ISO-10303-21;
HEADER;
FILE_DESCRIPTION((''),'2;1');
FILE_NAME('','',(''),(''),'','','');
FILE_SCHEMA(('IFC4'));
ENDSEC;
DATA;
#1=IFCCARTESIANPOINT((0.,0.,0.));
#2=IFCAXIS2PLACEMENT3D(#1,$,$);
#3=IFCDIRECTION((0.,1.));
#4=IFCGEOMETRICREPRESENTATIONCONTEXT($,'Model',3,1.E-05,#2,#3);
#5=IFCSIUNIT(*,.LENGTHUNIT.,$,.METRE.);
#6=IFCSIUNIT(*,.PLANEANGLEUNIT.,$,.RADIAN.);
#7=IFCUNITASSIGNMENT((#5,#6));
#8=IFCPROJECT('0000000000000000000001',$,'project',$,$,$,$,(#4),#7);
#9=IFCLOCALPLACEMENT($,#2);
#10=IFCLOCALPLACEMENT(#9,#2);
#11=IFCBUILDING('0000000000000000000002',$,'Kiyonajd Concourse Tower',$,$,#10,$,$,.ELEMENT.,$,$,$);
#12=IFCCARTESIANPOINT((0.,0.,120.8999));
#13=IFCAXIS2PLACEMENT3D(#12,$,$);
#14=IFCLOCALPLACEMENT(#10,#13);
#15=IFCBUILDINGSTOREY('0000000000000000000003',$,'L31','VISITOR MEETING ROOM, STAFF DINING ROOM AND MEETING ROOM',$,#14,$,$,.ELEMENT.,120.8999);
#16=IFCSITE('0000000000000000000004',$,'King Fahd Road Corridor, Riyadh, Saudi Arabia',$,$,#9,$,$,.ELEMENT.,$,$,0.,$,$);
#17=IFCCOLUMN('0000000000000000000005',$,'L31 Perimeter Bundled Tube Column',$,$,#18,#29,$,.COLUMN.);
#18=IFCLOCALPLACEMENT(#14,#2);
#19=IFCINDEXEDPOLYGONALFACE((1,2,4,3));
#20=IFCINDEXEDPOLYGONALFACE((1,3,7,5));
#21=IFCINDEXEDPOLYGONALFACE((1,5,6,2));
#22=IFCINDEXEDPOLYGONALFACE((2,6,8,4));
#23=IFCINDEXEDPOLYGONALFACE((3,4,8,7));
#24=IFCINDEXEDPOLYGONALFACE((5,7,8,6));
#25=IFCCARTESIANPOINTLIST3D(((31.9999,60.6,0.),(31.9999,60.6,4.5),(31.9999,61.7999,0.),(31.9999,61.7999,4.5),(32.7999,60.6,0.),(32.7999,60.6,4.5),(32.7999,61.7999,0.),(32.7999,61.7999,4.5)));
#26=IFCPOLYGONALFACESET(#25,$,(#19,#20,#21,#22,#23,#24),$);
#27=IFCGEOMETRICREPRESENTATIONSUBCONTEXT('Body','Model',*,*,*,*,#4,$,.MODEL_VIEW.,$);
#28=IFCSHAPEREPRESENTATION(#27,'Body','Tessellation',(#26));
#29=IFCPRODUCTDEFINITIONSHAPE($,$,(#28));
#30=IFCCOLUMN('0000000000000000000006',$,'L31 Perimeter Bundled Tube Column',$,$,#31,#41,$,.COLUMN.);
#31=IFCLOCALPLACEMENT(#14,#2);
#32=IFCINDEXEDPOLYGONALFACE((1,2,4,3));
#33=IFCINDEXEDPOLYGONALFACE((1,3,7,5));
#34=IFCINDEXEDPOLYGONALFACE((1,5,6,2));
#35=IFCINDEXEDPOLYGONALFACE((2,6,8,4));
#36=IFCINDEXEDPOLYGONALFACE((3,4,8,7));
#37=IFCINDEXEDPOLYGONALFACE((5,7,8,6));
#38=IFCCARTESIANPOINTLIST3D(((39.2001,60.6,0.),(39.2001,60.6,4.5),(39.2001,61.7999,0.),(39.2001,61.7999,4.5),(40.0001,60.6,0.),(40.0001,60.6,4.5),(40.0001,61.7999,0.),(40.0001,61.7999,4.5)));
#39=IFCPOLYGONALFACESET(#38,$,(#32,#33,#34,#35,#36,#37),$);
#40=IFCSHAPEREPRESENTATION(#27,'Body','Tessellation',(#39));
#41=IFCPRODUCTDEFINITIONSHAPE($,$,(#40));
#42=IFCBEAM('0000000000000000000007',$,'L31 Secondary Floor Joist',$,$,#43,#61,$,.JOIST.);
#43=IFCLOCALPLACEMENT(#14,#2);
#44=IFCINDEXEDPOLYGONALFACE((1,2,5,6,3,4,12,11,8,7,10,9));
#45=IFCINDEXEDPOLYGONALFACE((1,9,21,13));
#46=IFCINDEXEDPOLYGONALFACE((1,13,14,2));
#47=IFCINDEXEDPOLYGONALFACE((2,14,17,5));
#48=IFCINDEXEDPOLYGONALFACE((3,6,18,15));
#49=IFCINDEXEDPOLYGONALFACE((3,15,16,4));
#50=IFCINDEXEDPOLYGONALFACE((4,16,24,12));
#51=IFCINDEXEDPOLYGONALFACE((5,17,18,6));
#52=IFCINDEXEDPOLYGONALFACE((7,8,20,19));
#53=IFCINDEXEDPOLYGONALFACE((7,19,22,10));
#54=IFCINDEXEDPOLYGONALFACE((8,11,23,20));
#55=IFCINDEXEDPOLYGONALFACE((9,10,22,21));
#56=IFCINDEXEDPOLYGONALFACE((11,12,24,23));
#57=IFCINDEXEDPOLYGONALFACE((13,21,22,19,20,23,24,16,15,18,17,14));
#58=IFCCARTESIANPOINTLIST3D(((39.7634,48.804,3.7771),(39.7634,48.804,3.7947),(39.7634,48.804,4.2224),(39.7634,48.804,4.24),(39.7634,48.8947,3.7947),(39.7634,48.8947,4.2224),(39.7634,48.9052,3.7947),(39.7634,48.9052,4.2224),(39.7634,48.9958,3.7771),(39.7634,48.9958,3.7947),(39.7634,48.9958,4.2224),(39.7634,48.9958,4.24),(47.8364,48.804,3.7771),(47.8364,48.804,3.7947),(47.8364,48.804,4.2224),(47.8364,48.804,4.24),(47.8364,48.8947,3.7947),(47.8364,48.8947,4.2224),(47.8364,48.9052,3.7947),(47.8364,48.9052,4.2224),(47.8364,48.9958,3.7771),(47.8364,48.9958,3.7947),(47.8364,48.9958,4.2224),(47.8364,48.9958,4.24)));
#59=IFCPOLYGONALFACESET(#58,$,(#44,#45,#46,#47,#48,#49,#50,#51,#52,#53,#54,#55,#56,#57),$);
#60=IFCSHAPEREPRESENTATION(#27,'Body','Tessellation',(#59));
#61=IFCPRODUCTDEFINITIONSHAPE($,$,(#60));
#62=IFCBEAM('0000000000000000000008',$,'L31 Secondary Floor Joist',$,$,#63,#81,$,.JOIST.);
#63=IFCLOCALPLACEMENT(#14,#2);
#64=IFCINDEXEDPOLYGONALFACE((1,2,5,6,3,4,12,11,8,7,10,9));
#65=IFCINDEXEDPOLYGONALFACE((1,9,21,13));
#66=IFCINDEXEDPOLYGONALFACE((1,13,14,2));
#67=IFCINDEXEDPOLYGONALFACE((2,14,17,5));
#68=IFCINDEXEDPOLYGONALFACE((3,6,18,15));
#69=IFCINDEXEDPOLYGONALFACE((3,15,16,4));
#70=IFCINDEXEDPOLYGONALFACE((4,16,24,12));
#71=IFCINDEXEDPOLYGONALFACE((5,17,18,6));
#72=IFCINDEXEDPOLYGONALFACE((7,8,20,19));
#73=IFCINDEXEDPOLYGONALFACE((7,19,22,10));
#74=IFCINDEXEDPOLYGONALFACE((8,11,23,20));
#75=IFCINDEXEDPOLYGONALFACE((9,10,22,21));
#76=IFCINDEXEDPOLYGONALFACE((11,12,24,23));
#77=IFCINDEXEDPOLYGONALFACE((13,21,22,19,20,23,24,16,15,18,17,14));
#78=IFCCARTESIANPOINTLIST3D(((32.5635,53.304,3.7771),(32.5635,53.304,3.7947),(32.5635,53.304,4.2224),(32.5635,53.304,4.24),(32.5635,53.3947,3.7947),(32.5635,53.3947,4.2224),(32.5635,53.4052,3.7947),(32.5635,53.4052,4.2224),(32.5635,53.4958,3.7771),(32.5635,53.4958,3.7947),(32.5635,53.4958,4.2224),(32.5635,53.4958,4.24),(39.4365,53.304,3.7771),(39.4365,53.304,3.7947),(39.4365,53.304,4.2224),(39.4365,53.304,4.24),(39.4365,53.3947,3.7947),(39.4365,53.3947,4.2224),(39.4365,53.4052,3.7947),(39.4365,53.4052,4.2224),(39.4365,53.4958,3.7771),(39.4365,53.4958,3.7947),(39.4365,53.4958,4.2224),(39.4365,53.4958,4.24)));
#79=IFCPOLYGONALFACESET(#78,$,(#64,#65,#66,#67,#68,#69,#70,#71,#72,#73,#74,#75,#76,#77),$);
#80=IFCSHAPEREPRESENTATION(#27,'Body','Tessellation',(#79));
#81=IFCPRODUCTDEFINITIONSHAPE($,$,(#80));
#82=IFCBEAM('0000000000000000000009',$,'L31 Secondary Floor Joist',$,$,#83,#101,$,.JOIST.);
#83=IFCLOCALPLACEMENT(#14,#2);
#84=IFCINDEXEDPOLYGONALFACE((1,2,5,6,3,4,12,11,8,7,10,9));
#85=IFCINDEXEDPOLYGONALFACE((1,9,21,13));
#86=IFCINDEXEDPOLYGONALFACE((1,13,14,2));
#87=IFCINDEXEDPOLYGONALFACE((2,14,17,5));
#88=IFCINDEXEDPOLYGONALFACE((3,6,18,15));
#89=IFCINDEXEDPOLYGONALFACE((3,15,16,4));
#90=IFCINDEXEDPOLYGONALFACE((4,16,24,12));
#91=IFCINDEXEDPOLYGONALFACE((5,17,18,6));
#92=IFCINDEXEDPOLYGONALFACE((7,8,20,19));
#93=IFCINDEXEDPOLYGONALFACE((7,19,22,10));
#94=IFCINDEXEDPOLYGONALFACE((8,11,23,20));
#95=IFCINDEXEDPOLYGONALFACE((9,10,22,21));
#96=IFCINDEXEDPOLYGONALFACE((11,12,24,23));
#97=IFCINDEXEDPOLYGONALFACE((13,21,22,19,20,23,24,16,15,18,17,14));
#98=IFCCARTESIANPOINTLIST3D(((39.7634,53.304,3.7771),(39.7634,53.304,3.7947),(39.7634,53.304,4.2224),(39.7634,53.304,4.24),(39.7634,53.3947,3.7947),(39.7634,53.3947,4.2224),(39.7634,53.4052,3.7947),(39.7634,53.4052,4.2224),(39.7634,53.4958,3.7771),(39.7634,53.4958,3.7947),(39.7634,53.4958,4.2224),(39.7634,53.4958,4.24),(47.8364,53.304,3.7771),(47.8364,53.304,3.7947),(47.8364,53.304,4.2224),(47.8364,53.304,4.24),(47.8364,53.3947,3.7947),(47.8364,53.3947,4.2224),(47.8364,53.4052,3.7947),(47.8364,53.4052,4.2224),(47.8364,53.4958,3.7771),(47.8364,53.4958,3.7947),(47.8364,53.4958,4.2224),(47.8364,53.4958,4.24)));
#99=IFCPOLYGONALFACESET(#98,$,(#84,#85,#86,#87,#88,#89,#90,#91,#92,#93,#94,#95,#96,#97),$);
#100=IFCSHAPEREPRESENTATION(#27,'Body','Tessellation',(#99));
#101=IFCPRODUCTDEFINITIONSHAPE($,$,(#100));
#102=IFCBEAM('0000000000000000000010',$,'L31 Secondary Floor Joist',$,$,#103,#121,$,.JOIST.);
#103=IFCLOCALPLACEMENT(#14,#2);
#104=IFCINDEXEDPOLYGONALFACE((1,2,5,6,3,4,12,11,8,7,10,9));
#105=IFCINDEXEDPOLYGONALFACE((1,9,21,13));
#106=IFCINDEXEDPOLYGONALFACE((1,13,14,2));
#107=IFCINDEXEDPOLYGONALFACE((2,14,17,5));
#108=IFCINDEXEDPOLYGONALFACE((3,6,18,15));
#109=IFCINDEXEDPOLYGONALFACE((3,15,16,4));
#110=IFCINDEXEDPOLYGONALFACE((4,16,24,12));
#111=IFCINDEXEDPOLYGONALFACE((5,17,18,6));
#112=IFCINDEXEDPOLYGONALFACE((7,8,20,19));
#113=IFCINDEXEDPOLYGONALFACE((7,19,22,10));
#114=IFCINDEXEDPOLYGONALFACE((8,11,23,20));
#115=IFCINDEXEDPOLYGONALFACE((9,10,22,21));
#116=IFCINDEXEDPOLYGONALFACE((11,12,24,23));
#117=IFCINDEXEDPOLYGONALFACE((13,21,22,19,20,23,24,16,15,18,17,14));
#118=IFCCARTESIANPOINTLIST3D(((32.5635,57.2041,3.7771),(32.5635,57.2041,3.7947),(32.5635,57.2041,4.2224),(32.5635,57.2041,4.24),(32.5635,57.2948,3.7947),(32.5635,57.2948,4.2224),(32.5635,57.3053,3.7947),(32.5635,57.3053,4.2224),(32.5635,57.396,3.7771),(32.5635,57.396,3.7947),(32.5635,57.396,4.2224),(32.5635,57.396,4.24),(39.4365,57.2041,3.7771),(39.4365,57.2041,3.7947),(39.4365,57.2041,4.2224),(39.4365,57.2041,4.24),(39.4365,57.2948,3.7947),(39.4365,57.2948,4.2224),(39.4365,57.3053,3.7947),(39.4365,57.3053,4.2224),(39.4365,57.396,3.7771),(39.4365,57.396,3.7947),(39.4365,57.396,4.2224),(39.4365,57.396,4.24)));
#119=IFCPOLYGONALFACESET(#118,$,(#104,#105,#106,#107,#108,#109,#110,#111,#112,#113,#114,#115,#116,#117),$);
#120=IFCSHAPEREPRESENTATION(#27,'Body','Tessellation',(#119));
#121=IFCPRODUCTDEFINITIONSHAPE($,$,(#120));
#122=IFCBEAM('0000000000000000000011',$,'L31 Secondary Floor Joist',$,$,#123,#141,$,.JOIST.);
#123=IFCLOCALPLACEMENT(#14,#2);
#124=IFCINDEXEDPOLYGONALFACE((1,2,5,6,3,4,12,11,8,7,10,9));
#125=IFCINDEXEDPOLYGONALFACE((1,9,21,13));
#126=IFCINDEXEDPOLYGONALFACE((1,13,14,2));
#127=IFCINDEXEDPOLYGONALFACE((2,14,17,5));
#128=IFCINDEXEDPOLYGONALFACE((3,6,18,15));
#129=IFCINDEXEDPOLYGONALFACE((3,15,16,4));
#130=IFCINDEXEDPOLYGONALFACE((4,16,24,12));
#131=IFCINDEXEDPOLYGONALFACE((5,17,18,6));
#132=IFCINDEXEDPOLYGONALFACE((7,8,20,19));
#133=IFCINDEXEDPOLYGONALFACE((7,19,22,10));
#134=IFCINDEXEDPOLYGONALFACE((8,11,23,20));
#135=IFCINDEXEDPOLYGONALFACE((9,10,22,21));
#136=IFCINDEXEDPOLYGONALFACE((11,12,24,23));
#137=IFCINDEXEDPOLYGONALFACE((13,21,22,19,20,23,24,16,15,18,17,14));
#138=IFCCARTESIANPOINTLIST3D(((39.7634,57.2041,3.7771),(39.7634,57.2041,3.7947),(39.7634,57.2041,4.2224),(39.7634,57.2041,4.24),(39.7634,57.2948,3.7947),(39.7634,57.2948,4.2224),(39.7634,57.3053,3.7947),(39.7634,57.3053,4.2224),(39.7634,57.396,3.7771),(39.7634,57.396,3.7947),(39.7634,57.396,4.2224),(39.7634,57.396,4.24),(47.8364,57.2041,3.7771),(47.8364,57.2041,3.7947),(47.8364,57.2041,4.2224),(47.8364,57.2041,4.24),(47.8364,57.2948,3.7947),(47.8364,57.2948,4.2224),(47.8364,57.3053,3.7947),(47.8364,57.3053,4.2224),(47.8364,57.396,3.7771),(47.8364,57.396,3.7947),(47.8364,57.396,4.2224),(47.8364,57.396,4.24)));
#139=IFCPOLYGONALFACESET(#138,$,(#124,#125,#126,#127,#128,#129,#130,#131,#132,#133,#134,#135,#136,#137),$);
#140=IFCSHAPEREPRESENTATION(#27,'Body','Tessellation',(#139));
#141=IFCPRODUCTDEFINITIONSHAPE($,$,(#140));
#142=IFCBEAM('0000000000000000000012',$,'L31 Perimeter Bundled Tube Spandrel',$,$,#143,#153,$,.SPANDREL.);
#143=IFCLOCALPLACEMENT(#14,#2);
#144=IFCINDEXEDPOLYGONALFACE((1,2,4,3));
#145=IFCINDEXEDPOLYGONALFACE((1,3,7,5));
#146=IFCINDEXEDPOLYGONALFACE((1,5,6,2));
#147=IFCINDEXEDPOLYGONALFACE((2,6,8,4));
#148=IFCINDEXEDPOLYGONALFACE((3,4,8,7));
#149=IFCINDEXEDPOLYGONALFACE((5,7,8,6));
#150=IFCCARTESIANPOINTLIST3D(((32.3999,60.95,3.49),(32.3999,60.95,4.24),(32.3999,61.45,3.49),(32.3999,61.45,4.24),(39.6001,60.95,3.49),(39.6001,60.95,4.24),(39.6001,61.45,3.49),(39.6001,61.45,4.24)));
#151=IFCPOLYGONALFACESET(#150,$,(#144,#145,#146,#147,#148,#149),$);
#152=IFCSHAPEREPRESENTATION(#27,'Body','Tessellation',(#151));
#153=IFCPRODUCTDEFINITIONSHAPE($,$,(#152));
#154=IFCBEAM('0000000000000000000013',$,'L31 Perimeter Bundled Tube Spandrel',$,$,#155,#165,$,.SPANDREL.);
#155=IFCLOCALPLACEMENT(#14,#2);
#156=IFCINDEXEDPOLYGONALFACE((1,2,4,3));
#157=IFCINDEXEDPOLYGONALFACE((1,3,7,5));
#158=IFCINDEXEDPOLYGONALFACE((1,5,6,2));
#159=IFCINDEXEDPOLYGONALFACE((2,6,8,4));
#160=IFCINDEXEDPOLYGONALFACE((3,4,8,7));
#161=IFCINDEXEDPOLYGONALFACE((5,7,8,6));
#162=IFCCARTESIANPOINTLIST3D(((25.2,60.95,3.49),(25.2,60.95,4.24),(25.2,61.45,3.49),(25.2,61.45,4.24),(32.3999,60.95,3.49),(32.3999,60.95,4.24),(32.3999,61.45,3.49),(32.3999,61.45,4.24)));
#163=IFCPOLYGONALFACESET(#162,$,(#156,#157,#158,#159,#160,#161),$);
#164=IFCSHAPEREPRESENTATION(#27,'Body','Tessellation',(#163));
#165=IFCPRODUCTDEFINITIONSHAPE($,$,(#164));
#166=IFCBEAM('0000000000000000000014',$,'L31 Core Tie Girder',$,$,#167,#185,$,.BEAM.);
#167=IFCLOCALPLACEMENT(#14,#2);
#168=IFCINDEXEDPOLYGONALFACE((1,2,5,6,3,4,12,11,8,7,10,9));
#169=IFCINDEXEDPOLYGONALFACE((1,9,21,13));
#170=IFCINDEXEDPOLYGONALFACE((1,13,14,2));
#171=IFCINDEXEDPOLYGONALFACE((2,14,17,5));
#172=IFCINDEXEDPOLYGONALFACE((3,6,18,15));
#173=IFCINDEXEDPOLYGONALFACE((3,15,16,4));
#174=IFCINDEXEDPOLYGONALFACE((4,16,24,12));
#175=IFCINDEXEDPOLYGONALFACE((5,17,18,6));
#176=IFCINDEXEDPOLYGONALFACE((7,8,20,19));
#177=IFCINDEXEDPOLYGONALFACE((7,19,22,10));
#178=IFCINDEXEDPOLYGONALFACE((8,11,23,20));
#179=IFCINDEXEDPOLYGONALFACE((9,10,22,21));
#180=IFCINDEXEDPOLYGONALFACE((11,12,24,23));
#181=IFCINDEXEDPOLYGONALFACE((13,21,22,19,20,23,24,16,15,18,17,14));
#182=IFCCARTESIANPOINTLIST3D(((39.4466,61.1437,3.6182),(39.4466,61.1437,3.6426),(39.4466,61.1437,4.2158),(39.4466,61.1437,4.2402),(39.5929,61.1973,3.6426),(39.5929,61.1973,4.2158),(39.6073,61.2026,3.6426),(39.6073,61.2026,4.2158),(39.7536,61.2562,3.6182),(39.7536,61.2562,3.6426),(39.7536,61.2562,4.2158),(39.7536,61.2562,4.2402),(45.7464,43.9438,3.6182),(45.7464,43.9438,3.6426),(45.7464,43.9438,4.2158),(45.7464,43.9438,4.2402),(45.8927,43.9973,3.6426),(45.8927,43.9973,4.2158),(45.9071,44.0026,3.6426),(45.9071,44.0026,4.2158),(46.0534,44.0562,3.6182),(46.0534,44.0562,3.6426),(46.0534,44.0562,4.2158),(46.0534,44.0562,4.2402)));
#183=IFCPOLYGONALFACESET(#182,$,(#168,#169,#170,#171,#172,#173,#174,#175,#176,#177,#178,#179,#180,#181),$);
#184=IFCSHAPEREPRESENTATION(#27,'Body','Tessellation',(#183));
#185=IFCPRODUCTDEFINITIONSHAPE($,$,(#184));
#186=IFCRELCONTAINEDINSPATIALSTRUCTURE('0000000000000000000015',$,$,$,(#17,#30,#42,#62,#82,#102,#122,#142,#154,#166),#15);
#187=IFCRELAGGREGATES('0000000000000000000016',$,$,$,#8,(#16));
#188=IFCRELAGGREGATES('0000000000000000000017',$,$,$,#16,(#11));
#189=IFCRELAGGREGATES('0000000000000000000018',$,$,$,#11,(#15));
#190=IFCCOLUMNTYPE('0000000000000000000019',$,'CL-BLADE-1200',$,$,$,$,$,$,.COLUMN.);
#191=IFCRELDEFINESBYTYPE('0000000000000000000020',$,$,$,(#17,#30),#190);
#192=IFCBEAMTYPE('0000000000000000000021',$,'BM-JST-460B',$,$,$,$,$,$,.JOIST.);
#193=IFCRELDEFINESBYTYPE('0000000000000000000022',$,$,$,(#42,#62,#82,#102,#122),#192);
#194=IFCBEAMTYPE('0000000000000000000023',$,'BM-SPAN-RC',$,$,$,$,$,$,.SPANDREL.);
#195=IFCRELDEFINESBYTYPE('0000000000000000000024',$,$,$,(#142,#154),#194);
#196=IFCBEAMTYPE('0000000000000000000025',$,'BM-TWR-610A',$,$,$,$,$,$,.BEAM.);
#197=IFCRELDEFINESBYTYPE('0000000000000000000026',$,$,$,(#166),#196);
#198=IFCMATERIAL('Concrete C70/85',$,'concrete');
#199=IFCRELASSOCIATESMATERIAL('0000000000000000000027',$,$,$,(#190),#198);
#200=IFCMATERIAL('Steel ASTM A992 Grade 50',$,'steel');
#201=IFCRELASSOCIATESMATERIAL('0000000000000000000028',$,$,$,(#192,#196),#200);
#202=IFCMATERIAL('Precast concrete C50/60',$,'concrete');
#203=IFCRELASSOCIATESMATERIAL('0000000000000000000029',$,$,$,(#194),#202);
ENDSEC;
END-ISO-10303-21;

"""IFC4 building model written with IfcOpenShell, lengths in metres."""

from ifc_helpers import new_model, si_unit, direction, frame, origin, origin_2d, place, context, subcontext, project, spatial, rectangle, i_section, extrude, material, material_profile, profile_set, type_object, element, save


model = new_model("IFC4")

# Units and contexts
model_context = context("Model", 3, precision=1e-05, world=origin(), true_north=direction((0.0, 1.0)))
body_context = subcontext(model_context, "Body", "Model", "MODEL_VIEW")
ifc_project = project(units=[si_unit("LENGTHUNIT", "METRE"), si_unit("PLANEANGLEUNIT", "RADIAN")], contexts=[model_context])

# Site, building, storey
site_placement = place(None, origin())
site = spatial("IfcSite", under=ifc_project, at=site_placement, Name="King Fahd Road Corridor, Riyadh, Saudi Arabia", CompositionType="ELEMENT", RefElevation=0.0)
building_placement = place(site_placement, origin())
building = spatial("IfcBuilding", under=site, at=building_placement, Name="Kiyonajd Concourse Tower", CompositionType="ELEMENT")
storey_placement = place(building_placement, frame((0.0, 0.0, 120.8999)))
storey = spatial("IfcBuildingStorey", under=building, at=storey_placement, Name="L31", Description="VISITOR MEETING ROOM, STAFF DINING ROOM AND MEETING ROOM", CompositionType="ELEMENT", Elevation=120.8999)

# Columns
ifc_material_1 = material(Name="Concrete C70/85", Category="concrete")
ifc_material_profile_1 = material_profile(ifc_material_1, rectangle(XDim=0.8, YDim=1.2, at=origin_2d()), Name="RC-1200x800")
ifc_profile_set_1 = profile_set([ifc_material_profile_1], Name="Concrete C70/85")
column_type = type_object("IfcColumnType", Name="CL-BLADE-1200", PredefinedType="COLUMN", material=ifc_profile_set_1)
for number, where, z_axis, x_axis, name in (
    (1, (32.3999, 61.2, 0.0), (0.0, 0.0, 1.0), (1.0, 0.0, 0.0), "L31 Perimeter Bundled Tube Column"),
    (2, (39.6001, 61.2, 0.0), (0.0, 0.0, 1.0), (1.0, 0.0, 0.0), "L31 Perimeter Bundled Tube Column"),
):
    element("IfcColumn", number, at=place(storey_placement, frame(where, z_axis=z_axis, x_axis=x_axis)), inside=storey, type_object=column_type, Name=name, PredefinedType="COLUMN", context=body_context, shape_type="SweptSolid", body=[
        extrude(rectangle(XDim=0.8, YDim=1.2, at=origin_2d()), origin(), (0.0, 0.0, 1.0), 4.5),
    ])

# Beams
ifc_material_2 = material(Name="Steel ASTM A992 Grade 50", Category="steel")
ifc_material_profile_2 = material_profile(ifc_material_2, i_section(OverallWidth=0.1919, OverallDepth=0.4629, WebThickness=0.0105, FlangeThickness=0.0176, at=origin_2d()), Name="W460X89")
ifc_profile_set_2 = profile_set([ifc_material_profile_2], Name="Steel ASTM A992 Grade 50")
beam_type_1 = type_object("IfcBeamType", Name="BM-JST-460B", PredefinedType="JOIST", material=ifc_profile_set_2)
beam_1_placement = place(storey_placement, frame((39.7634, 48.8999, 4.0085), z_axis=(1.0, 0.0, 0.0), x_axis=(0.0, 1.0, 0.0)))
element("IfcBeam", 3, at=beam_1_placement, inside=storey, type_object=beam_type_1, Name="L31 Secondary Floor Joist", PredefinedType="JOIST", context=body_context, shape_type="SweptSolid", body=[
    extrude(i_section(OverallWidth=0.1919, OverallDepth=0.4629, WebThickness=0.0105, FlangeThickness=0.0176, at=origin_2d()), origin(), (0.0, 0.0, 1.0), 8.073),
])
beam_2_placement = place(storey_placement, frame((32.5635, 53.3999, 4.0085), z_axis=(1.0, 0.0, 0.0), x_axis=(0.0, 1.0, 0.0)))
element("IfcBeam", 4, at=beam_2_placement, inside=storey, type_object=beam_type_1, Name="L31 Secondary Floor Joist", PredefinedType="JOIST", context=body_context, shape_type="SweptSolid", body=[
    extrude(i_section(OverallWidth=0.1919, OverallDepth=0.4629, WebThickness=0.0105, FlangeThickness=0.0176, at=origin_2d()), origin(), (0.0, 0.0, 1.0), 6.873),
])
beam_3_placement = place(storey_placement, frame((39.7634, 53.3999, 4.0085), z_axis=(1.0, 0.0, 0.0), x_axis=(0.0, 1.0, 0.0)))
element("IfcBeam", 5, at=beam_3_placement, inside=storey, type_object=beam_type_1, Name="L31 Secondary Floor Joist", PredefinedType="JOIST", context=body_context, shape_type="SweptSolid", body=[
    extrude(i_section(OverallWidth=0.1919, OverallDepth=0.4629, WebThickness=0.0105, FlangeThickness=0.0176, at=origin_2d()), origin(), (0.0, 0.0, 1.0), 8.073),
])
beam_4_placement = place(storey_placement, frame((32.5635, 57.3, 4.0085), z_axis=(1.0, 0.0, 0.0), x_axis=(0.0, 1.0, 0.0)))
element("IfcBeam", 6, at=beam_4_placement, inside=storey, type_object=beam_type_1, Name="L31 Secondary Floor Joist", PredefinedType="JOIST", context=body_context, shape_type="SweptSolid", body=[
    extrude(i_section(OverallWidth=0.1919, OverallDepth=0.4629, WebThickness=0.0105, FlangeThickness=0.0176, at=origin_2d()), origin(), (0.0, 0.0, 1.0), 6.873),
])
beam_5_placement = place(storey_placement, frame((39.7634, 57.3, 4.0085), z_axis=(1.0, 0.0, 0.0), x_axis=(0.0, 1.0, 0.0)))
element("IfcBeam", 7, at=beam_5_placement, inside=storey, type_object=beam_type_1, Name="L31 Secondary Floor Joist", PredefinedType="JOIST", context=body_context, shape_type="SweptSolid", body=[
    extrude(i_section(OverallWidth=0.1919, OverallDepth=0.4629, WebThickness=0.0105, FlangeThickness=0.0176, at=origin_2d()), origin(), (0.0, 0.0, 1.0), 8.073),
])
ifc_material_3 = material(Name="Precast concrete C50/60", Category="concrete")
ifc_material_profile_3 = material_profile(ifc_material_3, rectangle(XDim=0.5, YDim=0.75, at=origin_2d()), Name="RCBM-500x750")
ifc_profile_set_3 = profile_set([ifc_material_profile_3], Name="Precast concrete C50/60")
beam_type_2 = type_object("IfcBeamType", Name="BM-SPAN-RC", PredefinedType="SPANDREL", material=ifc_profile_set_3)
beam_6_placement = place(storey_placement, frame((39.6001, 61.2, 3.865), z_axis=(-1.0, 0.0, 0.0), x_axis=(0.0, -1.0, 0.0)))
element("IfcBeam", 8, at=beam_6_placement, inside=storey, type_object=beam_type_2, Name="L31 Perimeter Bundled Tube Spandrel", PredefinedType="SPANDREL", context=body_context, shape_type="SweptSolid", body=[
    extrude(rectangle(XDim=0.5, YDim=0.75, at=origin_2d()), origin(), (0.0, 0.0, 1.0), 7.2002),
])
beam_7_placement = place(storey_placement, frame((32.3999, 61.2, 3.865), z_axis=(-1.0, 0.0, 0.0), x_axis=(0.0, -1.0, 0.0)))
element("IfcBeam", 9, at=beam_7_placement, inside=storey, type_object=beam_type_2, Name="L31 Perimeter Bundled Tube Spandrel", PredefinedType="SPANDREL", context=body_context, shape_type="SweptSolid", body=[
    extrude(rectangle(XDim=0.5, YDim=0.75, at=origin_2d()), origin(), (0.0, 0.0, 1.0), 7.2),
])
ifc_material_profile_4 = material_profile(ifc_material_2, i_section(OverallWidth=0.3269, OverallDepth=0.6221, WebThickness=0.0154, FlangeThickness=0.0244, at=origin_2d()), Name="W610X195")
ifc_profile_set_4 = profile_set([ifc_material_profile_4], Name="Steel ASTM A992 Grade 50")
beam_type_3 = type_object("IfcBeamType", Name="BM-TWR-610A", PredefinedType="BEAM", material=ifc_profile_set_4)
beam_8_placement = place(storey_placement, frame((39.6001, 61.2, 3.9292), z_axis=(0.343925, -0.938997, 0.0), x_axis=(0.938997, 0.343925, 0.0)))
element("IfcBeam", 10, at=beam_8_placement, inside=storey, type_object=beam_type_3, Name="L31 Core Tie Girder", PredefinedType="BEAM", context=body_context, shape_type="SweptSolid", body=[
    extrude(i_section(OverallWidth=0.3269, OverallDepth=0.6221, WebThickness=0.0154, FlangeThickness=0.0244, at=origin_2d()), origin(), (0.0, 0.0, 1.0), 18.3174),
])

save(model, "model.ifc")
